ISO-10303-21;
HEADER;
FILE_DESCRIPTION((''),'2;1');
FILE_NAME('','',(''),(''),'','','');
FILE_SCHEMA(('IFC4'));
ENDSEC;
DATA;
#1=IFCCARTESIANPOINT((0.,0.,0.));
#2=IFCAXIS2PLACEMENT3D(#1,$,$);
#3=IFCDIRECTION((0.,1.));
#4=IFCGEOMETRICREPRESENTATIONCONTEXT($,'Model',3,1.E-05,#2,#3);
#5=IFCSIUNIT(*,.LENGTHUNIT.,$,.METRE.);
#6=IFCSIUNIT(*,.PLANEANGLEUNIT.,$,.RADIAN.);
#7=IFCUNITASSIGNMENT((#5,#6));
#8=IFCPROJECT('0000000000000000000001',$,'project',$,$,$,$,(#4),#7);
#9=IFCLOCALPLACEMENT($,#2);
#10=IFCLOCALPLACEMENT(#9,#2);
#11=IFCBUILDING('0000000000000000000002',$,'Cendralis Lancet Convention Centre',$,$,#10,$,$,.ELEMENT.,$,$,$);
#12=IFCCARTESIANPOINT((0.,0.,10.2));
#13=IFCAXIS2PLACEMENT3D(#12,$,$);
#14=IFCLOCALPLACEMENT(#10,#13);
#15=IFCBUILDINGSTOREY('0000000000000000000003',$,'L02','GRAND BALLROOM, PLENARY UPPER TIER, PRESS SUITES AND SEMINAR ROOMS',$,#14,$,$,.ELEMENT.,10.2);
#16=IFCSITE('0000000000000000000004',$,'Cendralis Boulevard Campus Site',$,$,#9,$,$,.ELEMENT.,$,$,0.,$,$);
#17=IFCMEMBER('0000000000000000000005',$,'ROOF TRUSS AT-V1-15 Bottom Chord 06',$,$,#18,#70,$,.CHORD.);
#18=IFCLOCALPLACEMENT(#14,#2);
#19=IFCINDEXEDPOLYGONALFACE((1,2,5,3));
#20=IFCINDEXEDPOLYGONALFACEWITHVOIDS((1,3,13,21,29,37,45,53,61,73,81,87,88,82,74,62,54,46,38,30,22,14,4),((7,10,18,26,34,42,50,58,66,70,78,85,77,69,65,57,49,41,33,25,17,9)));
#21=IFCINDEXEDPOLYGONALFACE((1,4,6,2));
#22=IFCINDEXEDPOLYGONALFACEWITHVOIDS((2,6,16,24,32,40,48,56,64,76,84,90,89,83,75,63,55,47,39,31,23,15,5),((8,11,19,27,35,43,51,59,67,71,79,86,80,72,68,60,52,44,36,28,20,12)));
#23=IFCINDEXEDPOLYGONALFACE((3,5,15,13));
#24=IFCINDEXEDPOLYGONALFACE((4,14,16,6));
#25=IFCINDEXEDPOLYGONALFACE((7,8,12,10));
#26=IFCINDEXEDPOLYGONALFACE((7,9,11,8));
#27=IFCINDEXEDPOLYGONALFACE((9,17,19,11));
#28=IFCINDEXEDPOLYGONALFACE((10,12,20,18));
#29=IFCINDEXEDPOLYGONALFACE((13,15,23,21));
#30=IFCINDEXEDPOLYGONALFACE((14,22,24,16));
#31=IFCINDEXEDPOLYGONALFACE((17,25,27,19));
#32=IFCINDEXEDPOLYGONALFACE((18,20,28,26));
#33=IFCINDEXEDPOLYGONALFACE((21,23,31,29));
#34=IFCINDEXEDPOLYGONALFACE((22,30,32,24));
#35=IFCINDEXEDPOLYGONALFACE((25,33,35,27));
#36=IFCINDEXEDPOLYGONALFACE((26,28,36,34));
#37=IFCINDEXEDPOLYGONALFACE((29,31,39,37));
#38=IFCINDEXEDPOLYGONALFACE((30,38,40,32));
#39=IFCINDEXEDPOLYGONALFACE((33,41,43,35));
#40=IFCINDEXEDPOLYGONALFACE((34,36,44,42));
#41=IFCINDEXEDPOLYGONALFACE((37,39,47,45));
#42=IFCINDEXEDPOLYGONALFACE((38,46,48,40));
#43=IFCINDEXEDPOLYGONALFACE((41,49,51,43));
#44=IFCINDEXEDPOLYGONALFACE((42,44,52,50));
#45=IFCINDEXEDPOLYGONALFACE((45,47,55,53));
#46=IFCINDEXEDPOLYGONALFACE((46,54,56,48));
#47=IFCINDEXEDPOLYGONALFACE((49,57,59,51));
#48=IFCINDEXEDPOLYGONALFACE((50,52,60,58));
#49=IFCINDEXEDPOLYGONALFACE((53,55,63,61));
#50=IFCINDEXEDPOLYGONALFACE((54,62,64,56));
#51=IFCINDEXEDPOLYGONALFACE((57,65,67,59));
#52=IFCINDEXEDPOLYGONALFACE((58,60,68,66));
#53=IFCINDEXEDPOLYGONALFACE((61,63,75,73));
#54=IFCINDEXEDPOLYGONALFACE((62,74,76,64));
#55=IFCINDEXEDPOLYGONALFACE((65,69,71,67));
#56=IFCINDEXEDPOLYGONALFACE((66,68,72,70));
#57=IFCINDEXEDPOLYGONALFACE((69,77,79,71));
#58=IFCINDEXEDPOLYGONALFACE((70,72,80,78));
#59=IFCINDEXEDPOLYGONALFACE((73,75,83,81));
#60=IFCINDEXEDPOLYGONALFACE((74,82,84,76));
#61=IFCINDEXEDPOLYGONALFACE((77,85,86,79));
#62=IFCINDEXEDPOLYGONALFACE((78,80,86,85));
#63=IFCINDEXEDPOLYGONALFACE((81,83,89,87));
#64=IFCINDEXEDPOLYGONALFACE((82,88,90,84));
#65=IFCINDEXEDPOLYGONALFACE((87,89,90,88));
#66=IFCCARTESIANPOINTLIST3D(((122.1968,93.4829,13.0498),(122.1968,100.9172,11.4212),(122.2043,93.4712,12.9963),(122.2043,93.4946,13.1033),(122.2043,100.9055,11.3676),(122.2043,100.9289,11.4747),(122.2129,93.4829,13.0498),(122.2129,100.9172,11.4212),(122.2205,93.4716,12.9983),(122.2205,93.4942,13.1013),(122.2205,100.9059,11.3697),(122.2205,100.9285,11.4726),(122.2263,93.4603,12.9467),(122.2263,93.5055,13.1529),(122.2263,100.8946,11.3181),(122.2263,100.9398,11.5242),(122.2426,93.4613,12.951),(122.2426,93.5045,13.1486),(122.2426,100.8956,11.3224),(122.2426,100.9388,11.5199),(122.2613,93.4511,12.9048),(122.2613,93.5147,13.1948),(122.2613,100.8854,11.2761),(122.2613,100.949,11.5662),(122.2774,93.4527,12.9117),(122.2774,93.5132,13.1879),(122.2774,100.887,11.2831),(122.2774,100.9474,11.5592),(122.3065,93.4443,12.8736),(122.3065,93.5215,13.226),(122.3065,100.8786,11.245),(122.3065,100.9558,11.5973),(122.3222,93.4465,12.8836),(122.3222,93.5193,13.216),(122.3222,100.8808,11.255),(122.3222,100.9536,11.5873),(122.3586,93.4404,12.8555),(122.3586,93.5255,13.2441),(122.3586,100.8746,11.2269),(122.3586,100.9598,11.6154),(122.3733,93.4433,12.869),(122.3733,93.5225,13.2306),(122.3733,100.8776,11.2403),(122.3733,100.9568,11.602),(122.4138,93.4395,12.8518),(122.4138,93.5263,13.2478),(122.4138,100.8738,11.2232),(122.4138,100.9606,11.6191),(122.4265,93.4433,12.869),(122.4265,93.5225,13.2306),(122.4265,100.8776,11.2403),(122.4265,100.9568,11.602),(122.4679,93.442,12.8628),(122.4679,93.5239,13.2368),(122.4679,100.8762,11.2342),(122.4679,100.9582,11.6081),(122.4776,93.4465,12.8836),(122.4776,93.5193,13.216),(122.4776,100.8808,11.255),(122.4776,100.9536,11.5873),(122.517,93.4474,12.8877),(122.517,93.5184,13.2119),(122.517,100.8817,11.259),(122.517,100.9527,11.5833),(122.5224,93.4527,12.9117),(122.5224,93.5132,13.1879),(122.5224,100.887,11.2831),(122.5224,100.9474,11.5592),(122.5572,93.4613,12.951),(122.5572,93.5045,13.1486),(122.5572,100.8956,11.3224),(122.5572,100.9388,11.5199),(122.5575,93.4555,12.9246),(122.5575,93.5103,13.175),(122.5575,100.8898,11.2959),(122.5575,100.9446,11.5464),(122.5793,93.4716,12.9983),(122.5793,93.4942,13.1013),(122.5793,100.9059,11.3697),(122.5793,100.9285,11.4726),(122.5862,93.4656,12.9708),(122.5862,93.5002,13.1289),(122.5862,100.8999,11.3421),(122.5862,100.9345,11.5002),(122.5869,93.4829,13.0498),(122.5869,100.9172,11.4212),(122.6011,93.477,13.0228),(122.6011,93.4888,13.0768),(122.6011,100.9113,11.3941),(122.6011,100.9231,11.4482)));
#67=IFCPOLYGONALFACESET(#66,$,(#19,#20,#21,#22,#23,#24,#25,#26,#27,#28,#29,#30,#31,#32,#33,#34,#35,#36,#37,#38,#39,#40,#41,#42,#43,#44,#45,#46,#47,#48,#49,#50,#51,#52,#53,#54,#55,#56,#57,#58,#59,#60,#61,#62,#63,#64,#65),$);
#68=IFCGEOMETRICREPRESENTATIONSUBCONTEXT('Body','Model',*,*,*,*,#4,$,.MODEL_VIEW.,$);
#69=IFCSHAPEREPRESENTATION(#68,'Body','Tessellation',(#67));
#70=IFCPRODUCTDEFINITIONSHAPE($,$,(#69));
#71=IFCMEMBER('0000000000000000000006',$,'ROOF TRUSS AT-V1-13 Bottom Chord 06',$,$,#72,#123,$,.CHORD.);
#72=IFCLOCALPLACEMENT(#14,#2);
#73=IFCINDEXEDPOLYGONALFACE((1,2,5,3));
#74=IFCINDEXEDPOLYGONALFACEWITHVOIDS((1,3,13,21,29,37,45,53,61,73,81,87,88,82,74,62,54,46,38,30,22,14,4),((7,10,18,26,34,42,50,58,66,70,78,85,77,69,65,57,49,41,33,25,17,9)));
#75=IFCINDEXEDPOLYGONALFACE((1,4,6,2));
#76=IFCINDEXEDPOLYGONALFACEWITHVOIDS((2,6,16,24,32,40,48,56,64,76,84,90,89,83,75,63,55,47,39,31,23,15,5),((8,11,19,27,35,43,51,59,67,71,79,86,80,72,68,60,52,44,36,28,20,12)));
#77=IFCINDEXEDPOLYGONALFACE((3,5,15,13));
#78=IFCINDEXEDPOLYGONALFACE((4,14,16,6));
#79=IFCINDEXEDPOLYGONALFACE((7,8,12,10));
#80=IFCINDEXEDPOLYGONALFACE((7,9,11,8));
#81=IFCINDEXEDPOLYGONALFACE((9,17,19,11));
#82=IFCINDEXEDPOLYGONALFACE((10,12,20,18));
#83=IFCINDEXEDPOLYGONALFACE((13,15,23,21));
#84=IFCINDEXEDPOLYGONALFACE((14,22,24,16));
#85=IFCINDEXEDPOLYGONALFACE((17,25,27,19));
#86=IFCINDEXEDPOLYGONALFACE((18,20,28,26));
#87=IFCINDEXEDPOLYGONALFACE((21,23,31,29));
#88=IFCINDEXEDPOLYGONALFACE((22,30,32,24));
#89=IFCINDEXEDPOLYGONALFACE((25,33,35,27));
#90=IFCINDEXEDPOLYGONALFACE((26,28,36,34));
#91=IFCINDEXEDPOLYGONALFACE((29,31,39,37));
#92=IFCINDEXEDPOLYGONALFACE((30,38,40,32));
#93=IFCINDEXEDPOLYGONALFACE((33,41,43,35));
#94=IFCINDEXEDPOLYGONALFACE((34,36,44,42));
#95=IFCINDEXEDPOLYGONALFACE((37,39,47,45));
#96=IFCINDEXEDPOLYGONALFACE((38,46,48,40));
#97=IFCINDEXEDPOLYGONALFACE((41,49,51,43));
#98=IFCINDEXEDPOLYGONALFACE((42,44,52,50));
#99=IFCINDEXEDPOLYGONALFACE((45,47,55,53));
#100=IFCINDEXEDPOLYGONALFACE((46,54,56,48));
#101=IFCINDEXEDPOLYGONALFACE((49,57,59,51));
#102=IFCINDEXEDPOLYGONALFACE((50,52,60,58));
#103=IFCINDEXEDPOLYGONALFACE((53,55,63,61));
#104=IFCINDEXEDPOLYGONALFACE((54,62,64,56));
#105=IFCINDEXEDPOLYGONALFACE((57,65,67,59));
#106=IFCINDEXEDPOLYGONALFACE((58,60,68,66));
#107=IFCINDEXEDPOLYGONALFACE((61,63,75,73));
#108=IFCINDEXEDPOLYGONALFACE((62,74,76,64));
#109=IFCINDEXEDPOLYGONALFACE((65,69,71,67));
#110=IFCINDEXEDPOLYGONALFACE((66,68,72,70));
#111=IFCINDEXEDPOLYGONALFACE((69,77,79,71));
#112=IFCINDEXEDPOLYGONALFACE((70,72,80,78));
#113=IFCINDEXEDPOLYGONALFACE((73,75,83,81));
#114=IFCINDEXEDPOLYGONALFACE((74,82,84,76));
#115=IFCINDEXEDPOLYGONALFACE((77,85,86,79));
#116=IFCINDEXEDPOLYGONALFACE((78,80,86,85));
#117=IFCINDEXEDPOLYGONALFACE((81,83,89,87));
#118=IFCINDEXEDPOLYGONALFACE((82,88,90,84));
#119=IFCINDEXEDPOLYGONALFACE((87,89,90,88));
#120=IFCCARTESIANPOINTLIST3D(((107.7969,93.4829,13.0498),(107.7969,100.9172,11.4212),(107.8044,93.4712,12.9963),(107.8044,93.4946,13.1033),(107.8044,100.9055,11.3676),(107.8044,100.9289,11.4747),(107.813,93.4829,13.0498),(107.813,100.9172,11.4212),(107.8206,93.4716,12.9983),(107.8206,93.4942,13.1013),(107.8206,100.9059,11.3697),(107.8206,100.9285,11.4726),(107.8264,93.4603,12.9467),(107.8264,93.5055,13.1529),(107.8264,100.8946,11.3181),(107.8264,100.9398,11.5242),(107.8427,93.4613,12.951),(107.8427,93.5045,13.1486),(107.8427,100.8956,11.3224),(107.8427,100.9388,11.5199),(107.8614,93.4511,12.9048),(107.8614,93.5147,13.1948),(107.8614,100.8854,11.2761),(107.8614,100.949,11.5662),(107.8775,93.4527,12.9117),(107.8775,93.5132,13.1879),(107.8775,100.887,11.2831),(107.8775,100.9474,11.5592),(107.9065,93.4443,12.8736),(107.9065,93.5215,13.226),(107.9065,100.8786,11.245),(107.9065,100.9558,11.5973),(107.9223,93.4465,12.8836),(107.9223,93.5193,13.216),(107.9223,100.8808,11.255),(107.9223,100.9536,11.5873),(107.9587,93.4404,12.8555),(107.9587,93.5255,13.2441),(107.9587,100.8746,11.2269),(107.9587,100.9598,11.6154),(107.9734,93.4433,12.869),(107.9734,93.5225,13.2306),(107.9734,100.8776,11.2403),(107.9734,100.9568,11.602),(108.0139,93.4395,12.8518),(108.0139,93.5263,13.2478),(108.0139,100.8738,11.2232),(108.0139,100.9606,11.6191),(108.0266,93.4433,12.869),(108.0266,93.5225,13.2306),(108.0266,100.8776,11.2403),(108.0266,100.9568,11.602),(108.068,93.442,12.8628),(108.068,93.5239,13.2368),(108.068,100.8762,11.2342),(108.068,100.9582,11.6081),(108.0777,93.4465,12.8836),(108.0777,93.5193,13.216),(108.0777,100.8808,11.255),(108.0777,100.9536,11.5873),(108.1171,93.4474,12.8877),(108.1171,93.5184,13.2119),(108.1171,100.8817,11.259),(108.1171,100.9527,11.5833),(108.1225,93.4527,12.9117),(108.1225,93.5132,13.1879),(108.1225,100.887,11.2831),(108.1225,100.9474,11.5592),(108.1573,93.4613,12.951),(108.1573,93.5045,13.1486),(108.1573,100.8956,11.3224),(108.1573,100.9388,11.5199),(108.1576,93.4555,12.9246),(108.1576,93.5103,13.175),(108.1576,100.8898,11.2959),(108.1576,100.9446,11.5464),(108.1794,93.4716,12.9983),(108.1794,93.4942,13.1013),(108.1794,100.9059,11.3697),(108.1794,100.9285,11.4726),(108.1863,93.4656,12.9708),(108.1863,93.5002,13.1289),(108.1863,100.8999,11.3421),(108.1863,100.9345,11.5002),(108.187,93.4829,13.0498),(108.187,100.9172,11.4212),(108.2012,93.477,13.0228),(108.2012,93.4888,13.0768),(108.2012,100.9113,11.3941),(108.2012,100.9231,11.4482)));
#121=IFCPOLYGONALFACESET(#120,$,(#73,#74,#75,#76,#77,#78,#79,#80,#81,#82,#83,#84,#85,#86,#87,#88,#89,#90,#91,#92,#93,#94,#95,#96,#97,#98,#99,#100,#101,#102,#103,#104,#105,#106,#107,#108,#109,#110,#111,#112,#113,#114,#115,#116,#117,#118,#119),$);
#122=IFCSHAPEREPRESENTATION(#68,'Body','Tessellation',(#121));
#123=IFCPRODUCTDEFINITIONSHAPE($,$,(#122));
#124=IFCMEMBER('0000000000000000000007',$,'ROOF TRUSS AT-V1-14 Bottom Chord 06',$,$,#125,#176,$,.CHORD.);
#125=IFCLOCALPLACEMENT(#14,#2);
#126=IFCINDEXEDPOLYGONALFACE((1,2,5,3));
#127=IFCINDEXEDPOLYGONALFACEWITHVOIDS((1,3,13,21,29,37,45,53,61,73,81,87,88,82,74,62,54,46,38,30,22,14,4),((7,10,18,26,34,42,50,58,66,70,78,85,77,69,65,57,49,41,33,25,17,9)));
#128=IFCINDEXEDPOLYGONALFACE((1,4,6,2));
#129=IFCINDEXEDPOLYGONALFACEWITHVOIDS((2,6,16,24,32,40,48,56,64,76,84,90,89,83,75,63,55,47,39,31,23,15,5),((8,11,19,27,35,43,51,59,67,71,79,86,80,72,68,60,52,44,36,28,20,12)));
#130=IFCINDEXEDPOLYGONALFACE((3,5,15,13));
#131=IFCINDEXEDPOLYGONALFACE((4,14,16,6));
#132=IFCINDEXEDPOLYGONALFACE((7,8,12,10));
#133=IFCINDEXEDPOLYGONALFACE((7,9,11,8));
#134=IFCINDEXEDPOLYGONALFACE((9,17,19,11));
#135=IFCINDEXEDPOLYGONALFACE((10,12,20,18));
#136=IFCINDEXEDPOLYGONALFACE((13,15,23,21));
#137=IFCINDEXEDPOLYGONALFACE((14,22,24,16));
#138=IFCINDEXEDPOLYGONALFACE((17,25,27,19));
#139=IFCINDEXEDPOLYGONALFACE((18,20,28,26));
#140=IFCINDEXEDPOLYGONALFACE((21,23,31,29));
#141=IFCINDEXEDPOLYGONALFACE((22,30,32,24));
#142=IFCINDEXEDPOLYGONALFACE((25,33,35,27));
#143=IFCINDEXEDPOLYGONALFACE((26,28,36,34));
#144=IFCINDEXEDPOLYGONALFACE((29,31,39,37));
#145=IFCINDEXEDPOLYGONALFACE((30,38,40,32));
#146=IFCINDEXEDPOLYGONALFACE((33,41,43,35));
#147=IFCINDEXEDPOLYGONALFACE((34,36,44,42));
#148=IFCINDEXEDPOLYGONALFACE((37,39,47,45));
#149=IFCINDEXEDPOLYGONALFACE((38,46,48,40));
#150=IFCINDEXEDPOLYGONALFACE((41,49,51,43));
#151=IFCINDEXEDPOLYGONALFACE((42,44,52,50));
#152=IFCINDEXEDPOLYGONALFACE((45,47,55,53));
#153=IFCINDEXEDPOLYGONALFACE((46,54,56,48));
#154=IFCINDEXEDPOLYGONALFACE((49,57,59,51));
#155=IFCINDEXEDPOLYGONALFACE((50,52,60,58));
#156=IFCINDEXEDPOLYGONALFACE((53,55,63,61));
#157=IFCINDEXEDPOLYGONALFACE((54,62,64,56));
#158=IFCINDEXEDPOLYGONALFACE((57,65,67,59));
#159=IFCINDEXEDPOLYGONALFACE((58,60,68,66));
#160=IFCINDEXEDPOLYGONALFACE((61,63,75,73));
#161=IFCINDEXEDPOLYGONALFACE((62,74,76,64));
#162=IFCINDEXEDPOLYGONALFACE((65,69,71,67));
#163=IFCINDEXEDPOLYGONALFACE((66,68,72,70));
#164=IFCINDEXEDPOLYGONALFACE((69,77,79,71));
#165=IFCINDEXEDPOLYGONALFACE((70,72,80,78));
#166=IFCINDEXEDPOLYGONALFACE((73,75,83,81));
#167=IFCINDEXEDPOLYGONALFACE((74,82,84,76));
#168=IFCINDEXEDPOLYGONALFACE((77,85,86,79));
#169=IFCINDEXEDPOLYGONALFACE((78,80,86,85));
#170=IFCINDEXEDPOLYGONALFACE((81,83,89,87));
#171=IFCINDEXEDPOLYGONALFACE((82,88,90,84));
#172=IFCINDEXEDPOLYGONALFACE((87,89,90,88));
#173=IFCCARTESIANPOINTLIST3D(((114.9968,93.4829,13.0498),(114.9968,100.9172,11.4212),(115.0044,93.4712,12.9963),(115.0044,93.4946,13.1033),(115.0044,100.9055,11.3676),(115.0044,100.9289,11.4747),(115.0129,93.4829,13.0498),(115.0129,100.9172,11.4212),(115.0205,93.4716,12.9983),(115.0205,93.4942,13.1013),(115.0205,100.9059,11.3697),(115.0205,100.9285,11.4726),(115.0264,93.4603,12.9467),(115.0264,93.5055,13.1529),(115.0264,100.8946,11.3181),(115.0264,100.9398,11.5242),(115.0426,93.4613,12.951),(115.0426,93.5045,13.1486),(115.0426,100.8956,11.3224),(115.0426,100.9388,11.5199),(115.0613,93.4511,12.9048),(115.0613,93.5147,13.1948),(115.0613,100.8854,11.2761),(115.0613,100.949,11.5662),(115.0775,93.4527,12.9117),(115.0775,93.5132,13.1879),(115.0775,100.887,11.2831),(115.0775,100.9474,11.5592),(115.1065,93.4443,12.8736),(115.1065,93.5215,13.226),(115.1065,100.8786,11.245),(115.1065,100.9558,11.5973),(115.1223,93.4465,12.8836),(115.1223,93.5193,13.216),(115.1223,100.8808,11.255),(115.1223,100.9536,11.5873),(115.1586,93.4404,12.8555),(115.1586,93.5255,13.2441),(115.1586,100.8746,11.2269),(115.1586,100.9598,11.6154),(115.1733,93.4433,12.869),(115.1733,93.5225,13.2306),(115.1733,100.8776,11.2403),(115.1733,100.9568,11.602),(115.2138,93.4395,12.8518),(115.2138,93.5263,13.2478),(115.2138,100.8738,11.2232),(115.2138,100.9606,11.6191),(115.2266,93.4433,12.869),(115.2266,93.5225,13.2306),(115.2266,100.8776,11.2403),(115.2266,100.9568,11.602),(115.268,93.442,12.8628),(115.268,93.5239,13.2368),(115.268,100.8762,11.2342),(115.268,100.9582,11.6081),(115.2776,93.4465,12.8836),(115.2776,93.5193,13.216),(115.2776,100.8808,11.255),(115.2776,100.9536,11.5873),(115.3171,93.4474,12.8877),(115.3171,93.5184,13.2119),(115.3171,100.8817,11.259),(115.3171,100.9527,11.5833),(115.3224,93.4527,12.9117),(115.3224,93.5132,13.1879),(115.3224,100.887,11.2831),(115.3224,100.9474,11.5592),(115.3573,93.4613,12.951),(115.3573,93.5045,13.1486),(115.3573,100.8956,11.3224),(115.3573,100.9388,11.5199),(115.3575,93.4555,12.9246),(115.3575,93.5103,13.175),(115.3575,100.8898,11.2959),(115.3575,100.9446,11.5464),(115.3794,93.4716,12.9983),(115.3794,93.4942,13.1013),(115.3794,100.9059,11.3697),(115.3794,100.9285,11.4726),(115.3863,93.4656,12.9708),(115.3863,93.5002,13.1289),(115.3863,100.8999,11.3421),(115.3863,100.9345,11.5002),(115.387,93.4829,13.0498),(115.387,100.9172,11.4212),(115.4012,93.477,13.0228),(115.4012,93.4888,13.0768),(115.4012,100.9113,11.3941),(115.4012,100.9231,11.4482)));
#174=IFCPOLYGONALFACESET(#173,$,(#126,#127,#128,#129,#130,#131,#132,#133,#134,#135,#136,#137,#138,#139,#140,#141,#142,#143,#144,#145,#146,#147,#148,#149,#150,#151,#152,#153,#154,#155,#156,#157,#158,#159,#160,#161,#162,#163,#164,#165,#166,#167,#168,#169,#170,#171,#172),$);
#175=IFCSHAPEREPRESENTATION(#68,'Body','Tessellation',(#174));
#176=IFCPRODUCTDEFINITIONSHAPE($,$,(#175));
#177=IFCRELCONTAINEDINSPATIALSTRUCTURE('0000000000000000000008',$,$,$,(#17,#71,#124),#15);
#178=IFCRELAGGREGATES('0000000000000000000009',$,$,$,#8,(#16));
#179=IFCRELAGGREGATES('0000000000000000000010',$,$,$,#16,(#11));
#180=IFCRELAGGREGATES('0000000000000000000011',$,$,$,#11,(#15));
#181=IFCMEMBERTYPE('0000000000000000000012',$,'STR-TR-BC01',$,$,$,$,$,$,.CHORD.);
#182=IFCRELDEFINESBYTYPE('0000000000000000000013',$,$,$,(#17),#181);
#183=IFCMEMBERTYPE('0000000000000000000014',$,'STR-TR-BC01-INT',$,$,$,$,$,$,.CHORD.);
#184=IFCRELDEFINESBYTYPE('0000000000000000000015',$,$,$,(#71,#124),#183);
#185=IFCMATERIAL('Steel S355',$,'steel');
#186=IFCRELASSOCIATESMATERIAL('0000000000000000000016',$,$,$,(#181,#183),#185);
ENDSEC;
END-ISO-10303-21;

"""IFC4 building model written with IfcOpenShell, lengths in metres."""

from ifc_helpers import new_model, si_unit, direction, frame, origin, origin_2d, place, context, subcontext, project, spatial, hollow_circle, extrude, material, material_profile, profile_set, type_object, element, save


model = new_model("IFC4")

# Units and contexts
model_context = context("Model", 3, precision=1e-05, world=origin(), true_north=direction((0.0, 1.0)))
body_context = subcontext(model_context, "Body", "Model", "MODEL_VIEW")
ifc_project = project(units=[si_unit("LENGTHUNIT", "METRE"), si_unit("PLANEANGLEUNIT", "RADIAN")], contexts=[model_context])

# Site, building, storey
site_placement = place(None, origin())
site = spatial("IfcSite", under=ifc_project, at=site_placement, Name="Cendralis Boulevard Campus Site", CompositionType="ELEMENT", RefElevation=0.0)
building_placement = place(site_placement, origin())
building = spatial("IfcBuilding", under=site, at=building_placement, Name="Cendralis Lancet Convention Centre", CompositionType="ELEMENT")
storey_placement = place(building_placement, frame((0.0, 0.0, 10.2)))
storey = spatial("IfcBuildingStorey", under=building, at=storey_placement, Name="L02", Description="GRAND BALLROOM, PLENARY UPPER TIER, PRESS SUITES AND SEMINAR ROOMS", CompositionType="ELEMENT", Elevation=10.2)

# Shared definitions
ifc_material = material(Name="Steel S355", Category="steel")

# Members
ifc_material_profile_1 = material_profile(ifc_material, hollow_circle(Radius=0.2031, WallThickness=0.0161, at=origin_2d()), Name="CHS 406.4x16.0")
ifc_profile_set_1 = profile_set([ifc_material_profile_1], Name="Steel S355")
member_type_1 = type_object("IfcMemberType", Name="STR-TR-BC01", PredefinedType="CHORD", material=ifc_profile_set_1)
member_1_placement = place(storey_placement, frame((122.3999, 93.4829, 13.0498), z_axis=(0.0, 0.976834, -0.213998), x_axis=(-1.0, 0.0, 0.0)))
element("IfcMember", 1, at=member_1_placement, inside=storey, type_object=member_type_1, Name="ROOF TRUSS AT-V1-15 Bottom Chord 06", PredefinedType="CHORD", context=body_context, shape_type="SweptSolid", body=[
    extrude(hollow_circle(Radius=0.2031, WallThickness=0.0161, at=origin_2d()), origin(), (0.0, 0.0, 1.0), 7.6106),
])
ifc_material_profile_2 = material_profile(ifc_material, hollow_circle(Radius=0.2031, WallThickness=0.0161, at=origin_2d()), Name="CHS 406.4x16.0")
ifc_profile_set_2 = profile_set([ifc_material_profile_2], Name="Steel S355")
member_type_2 = type_object("IfcMemberType", Name="STR-TR-BC01-INT", PredefinedType="CHORD", material=ifc_profile_set_2)
for number, where, z_axis, x_axis, name in (
    (2, (108.0, 93.4829, 13.0498), (0.0, 0.976834, -0.213998), (-1.0, 0.0, 0.0), "ROOF TRUSS AT-V1-13 Bottom Chord 06"),
    (3, (115.2, 93.4829, 13.0498), (0.0, 0.976834, -0.213998), (-1.0, 0.0, 0.0), "ROOF TRUSS AT-V1-14 Bottom Chord 06"),
):
    element("IfcMember", number, at=place(storey_placement, frame(where, z_axis=z_axis, x_axis=x_axis)), inside=storey, type_object=member_type_2, Name=name, PredefinedType="CHORD", context=body_context, shape_type="SweptSolid", body=[
        extrude(hollow_circle(Radius=0.2031, WallThickness=0.0161, at=origin_2d()), origin(), (0.0, 0.0, 1.0), 7.6106),
    ])

save(model, "model.ifc")
